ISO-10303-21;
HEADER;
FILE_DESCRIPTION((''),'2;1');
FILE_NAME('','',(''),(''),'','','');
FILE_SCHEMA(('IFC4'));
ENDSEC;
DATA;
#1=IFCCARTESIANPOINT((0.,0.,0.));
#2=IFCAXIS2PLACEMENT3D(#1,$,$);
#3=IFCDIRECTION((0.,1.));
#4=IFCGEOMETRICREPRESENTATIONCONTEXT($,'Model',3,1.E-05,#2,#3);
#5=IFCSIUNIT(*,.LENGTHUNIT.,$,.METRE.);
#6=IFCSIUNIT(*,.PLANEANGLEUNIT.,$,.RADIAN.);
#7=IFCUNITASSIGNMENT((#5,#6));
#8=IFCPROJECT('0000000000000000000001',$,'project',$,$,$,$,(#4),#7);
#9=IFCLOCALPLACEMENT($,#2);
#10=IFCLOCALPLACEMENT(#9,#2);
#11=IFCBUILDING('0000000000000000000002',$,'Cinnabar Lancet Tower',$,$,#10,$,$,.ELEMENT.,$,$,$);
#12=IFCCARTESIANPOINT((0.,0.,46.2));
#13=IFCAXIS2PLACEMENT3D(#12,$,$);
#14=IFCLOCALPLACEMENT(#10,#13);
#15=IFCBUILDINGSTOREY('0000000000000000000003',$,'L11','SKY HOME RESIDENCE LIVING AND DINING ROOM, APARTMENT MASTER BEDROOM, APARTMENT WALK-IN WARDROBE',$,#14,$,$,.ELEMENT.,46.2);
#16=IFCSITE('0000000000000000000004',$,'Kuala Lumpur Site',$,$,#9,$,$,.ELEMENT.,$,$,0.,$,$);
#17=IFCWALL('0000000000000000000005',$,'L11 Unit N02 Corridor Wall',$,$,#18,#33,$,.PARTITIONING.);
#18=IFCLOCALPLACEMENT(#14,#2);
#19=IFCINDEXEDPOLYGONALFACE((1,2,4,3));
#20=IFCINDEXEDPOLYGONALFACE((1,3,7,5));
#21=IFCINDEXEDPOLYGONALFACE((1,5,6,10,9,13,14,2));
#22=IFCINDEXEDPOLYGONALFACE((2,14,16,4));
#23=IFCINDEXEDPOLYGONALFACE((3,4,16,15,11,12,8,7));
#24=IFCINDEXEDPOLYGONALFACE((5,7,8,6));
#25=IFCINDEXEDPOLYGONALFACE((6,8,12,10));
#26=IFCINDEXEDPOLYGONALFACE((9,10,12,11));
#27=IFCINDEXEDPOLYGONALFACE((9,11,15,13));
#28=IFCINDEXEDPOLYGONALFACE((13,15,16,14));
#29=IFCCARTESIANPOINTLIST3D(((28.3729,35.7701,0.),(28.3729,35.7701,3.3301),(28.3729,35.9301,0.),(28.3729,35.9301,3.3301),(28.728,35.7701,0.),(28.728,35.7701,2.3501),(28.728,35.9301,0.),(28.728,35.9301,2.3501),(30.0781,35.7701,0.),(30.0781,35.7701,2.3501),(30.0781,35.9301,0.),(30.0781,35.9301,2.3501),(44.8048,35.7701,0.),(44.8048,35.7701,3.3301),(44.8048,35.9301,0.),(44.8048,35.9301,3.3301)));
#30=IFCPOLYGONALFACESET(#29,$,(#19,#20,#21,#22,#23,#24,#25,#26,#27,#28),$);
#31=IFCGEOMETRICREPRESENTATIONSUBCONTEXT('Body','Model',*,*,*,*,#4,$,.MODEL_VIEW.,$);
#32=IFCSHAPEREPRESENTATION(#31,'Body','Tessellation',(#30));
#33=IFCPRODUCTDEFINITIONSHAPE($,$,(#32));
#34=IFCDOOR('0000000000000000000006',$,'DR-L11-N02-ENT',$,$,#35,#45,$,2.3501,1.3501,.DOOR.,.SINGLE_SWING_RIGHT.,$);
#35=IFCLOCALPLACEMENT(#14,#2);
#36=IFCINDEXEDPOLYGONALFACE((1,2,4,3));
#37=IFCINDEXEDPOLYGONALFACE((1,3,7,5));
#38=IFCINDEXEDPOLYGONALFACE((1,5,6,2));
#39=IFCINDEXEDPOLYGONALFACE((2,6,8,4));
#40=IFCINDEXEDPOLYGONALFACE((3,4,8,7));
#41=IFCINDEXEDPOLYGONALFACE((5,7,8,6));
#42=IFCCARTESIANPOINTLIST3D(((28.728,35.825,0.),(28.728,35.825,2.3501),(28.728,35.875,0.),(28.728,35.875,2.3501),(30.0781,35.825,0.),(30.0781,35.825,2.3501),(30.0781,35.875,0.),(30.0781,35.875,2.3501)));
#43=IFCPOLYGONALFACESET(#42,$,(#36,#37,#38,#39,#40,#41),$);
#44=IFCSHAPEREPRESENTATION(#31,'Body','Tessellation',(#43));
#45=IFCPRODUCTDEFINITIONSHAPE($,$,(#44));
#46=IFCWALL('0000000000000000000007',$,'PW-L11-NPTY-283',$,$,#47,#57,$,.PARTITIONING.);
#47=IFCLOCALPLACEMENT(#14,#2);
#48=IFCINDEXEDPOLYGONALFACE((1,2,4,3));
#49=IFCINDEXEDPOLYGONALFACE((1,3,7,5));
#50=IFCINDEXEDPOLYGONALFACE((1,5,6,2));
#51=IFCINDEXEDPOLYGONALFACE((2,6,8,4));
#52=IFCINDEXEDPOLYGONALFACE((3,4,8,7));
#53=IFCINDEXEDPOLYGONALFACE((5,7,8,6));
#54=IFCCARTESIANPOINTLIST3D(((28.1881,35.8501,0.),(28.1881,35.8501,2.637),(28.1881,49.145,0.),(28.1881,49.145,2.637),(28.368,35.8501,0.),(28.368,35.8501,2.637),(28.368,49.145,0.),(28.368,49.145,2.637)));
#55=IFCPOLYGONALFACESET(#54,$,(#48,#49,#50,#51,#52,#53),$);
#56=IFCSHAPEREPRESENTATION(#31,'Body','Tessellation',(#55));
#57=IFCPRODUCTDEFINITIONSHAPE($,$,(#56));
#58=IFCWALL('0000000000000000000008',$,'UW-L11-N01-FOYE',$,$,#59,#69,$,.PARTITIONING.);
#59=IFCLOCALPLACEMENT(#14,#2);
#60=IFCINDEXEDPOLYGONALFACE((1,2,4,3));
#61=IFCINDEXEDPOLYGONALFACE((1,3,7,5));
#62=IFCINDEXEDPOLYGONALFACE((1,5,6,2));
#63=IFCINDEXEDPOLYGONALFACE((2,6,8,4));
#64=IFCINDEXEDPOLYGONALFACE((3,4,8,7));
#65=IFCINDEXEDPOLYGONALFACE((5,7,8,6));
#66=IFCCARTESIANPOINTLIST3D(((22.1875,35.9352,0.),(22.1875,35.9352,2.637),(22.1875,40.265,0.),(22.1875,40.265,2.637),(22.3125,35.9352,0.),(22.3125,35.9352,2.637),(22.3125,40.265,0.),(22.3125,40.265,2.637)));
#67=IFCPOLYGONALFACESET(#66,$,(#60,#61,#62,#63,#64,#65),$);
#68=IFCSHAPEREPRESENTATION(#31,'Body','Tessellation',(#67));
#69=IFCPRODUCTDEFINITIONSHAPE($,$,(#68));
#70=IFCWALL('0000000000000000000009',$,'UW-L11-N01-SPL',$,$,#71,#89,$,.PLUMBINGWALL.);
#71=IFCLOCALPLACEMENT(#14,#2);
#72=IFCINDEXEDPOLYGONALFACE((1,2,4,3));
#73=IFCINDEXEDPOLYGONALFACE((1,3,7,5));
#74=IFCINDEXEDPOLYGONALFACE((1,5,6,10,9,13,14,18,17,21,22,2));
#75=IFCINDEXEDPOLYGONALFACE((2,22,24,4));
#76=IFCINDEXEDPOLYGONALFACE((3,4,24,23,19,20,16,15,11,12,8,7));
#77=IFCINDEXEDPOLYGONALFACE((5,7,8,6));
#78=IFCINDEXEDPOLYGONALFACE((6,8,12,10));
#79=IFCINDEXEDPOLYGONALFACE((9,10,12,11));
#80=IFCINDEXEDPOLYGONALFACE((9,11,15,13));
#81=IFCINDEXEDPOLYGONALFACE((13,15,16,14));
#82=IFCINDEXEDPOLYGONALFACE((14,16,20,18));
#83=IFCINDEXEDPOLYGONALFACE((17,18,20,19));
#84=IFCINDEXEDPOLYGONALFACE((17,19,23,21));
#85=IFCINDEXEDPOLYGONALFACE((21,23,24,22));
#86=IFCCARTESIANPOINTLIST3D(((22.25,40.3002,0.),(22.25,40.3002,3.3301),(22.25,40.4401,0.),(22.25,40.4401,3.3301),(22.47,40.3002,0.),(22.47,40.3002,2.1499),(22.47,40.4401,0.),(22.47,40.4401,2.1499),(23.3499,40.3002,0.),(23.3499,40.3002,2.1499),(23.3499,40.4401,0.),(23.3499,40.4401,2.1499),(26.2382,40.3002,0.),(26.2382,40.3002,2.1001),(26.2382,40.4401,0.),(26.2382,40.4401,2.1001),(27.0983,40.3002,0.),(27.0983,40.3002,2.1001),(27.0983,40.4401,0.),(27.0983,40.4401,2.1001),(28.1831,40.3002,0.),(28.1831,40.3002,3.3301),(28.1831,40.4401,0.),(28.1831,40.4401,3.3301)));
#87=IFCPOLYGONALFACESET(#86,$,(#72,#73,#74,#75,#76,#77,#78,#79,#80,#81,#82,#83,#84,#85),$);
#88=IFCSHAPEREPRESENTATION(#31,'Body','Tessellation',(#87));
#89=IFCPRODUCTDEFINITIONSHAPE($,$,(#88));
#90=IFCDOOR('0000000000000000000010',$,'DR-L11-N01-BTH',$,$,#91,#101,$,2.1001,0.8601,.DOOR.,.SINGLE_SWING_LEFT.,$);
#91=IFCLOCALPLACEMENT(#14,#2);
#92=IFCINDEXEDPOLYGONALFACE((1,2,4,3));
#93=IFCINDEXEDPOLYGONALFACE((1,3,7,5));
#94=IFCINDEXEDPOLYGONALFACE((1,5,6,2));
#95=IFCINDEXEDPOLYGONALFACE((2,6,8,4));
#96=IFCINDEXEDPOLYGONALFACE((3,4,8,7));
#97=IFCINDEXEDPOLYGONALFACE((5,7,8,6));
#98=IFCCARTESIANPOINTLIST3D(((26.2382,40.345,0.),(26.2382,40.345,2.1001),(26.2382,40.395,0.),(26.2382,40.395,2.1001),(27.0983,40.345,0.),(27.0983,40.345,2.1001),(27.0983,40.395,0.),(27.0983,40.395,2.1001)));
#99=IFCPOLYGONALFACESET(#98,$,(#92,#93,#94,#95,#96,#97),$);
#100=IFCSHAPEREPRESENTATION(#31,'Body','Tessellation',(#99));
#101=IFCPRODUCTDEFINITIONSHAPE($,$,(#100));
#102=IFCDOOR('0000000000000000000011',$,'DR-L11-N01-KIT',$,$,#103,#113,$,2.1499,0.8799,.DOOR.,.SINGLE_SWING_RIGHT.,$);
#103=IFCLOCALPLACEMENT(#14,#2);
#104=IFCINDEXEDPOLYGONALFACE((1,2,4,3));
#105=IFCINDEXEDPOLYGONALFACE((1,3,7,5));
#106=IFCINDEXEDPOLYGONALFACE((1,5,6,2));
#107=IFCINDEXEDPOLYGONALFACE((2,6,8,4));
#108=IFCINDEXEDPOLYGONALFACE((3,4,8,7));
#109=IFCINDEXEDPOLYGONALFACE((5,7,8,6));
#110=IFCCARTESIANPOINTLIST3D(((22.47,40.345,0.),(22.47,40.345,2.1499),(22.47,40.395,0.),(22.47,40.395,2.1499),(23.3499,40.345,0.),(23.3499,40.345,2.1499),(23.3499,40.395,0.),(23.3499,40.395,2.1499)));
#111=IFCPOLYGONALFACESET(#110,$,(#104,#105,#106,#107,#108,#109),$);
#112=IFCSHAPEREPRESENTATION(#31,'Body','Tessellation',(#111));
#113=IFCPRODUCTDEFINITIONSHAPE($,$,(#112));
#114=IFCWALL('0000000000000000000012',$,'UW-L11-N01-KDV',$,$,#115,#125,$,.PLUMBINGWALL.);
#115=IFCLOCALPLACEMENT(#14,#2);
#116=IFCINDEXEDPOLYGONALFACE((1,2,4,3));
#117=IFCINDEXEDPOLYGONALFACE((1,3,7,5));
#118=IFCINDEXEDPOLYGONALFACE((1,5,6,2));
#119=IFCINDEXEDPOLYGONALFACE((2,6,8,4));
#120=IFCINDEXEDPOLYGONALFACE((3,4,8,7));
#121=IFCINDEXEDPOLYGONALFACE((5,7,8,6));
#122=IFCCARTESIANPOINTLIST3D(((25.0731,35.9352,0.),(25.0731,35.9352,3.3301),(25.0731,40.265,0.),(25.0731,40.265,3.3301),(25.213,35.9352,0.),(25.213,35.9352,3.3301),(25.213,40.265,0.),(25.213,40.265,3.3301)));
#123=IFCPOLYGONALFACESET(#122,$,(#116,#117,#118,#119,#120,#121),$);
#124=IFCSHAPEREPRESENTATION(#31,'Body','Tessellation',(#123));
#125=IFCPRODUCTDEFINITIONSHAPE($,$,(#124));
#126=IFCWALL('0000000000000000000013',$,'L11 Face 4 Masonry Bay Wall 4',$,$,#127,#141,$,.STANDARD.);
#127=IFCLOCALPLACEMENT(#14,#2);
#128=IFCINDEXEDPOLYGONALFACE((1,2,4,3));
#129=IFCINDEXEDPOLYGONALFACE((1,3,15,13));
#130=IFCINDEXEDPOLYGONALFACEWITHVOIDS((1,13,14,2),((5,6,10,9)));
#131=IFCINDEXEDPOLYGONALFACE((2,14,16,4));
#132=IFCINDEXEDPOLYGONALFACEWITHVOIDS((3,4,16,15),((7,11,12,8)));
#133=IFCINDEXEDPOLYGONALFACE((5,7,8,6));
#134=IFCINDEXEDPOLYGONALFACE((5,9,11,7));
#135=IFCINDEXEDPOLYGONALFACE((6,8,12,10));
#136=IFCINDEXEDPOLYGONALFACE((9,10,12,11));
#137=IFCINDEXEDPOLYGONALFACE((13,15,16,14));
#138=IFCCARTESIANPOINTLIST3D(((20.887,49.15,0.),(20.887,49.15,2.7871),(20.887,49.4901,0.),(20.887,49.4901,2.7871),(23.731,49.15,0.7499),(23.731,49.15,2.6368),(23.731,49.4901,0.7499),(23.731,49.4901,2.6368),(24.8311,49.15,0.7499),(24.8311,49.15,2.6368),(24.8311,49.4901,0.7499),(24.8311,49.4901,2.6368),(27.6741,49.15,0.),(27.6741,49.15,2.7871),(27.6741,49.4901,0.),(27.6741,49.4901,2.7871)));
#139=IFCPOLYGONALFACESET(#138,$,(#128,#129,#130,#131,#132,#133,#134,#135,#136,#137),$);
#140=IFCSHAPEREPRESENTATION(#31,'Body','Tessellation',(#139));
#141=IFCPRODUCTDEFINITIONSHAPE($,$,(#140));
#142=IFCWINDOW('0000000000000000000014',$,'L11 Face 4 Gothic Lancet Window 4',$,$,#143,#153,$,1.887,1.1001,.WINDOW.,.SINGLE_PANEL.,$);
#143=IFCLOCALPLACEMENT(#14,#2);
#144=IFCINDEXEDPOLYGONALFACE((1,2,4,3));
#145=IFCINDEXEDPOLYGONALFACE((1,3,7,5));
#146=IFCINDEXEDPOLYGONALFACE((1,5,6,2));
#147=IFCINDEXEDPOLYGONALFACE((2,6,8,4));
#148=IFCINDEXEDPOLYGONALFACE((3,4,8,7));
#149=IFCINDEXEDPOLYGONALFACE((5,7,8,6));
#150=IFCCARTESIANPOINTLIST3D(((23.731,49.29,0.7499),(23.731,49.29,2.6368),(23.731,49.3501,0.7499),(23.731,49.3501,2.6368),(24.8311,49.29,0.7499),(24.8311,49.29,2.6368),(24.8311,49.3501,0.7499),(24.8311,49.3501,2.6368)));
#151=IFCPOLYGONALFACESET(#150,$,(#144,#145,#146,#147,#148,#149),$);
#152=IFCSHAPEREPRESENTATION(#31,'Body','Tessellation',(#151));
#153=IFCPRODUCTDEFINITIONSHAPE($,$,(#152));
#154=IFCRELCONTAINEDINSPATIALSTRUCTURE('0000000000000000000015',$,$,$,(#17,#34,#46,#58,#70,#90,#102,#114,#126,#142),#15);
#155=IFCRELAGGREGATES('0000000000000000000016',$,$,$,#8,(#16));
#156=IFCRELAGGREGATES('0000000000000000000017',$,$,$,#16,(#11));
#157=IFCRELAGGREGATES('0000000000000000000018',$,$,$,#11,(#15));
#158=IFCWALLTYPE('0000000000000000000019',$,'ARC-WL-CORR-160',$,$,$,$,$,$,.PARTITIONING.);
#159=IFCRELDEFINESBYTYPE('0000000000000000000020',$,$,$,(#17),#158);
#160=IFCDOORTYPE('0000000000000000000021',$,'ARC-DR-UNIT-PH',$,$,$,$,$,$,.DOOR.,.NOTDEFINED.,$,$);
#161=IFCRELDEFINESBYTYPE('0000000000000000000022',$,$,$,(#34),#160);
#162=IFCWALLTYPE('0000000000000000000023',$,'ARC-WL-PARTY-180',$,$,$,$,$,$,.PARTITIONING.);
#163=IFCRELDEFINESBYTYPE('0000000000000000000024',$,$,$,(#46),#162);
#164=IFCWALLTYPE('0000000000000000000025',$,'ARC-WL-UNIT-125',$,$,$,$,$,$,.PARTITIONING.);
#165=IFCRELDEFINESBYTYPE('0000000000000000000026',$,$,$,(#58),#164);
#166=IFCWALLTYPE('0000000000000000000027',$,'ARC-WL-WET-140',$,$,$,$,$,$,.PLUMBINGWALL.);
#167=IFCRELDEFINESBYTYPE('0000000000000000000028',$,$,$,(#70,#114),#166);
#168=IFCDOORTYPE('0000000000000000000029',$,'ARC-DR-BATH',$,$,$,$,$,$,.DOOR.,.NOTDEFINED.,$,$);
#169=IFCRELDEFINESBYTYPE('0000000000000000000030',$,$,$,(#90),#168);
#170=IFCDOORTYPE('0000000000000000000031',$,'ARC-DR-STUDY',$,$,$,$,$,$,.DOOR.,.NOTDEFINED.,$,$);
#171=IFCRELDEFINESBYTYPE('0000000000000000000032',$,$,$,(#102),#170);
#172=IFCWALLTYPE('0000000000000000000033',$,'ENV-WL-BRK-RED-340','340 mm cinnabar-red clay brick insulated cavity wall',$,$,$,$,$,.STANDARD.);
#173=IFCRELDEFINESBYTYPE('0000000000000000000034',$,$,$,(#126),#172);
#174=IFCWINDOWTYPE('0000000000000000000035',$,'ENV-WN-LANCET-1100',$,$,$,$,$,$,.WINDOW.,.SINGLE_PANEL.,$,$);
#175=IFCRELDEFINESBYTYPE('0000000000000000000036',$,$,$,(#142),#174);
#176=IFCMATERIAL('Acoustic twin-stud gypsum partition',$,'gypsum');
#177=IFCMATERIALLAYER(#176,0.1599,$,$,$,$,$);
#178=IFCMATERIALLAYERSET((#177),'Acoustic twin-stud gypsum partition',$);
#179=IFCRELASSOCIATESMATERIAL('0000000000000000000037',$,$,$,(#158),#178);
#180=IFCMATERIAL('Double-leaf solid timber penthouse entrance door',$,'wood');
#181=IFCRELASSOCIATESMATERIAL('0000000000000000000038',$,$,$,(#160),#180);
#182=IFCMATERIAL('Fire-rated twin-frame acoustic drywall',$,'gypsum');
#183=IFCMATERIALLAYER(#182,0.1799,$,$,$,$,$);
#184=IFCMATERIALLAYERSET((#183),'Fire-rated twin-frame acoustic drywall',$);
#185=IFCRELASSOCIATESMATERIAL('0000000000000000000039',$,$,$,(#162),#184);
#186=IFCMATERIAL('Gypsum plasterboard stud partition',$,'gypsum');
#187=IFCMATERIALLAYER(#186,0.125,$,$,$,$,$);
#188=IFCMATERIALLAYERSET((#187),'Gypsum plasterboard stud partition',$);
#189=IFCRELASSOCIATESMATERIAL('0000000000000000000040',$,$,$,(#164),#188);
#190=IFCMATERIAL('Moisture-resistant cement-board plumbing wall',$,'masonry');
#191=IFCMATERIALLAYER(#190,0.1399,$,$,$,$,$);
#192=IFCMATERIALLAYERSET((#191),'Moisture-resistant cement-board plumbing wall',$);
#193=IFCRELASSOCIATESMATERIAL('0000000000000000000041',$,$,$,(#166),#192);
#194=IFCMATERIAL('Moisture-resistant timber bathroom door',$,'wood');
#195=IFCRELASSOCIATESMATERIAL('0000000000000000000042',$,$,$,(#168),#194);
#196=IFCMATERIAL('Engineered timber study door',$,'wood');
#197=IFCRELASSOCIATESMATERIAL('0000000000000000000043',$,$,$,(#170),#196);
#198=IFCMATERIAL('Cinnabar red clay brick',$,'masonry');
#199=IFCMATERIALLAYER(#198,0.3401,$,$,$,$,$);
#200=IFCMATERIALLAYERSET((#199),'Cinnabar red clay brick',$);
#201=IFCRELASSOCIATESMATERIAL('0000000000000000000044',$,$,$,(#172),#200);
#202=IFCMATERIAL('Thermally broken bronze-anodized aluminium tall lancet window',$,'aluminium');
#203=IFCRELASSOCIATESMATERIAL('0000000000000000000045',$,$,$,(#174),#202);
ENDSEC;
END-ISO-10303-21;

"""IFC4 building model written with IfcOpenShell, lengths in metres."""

from ifc_helpers import new_model, si_unit, direction, frame, frame_2d, origin, place, context, subcontext, project, spatial, rectangle, extrude, material, layer, layer_set, type_object, element, fill, save


model = new_model("IFC4")

# Units and contexts
model_context = context("Model", 3, precision=1e-05, world=origin(), true_north=direction((0.0, 1.0)))
body_context = subcontext(model_context, "Body", "Model", "MODEL_VIEW")
ifc_project = project(units=[si_unit("LENGTHUNIT", "METRE"), si_unit("PLANEANGLEUNIT", "RADIAN")], contexts=[model_context])

# Site, building, storey
site_placement = place(None, origin())
site = spatial("IfcSite", under=ifc_project, at=site_placement, Name="Kuala Lumpur Site", CompositionType="ELEMENT", RefElevation=0.0)
building_placement = place(site_placement, origin())
building = spatial("IfcBuilding", under=site, at=building_placement, Name="Cinnabar Lancet Tower", CompositionType="ELEMENT")
storey_placement = place(building_placement, frame((0.0, 0.0, 46.2)))
storey = spatial("IfcBuildingStorey", under=building, at=storey_placement, Name="L11", Description="SKY HOME RESIDENCE LIVING AND DINING ROOM, APARTMENT MASTER BEDROOM, APARTMENT WALK-IN WARDROBE", CompositionType="ELEMENT", Elevation=46.2)

# Wall, opening, door
ifc_material_1 = material(Name="Acoustic twin-stud gypsum partition", Category="gypsum")
ifc_layer_1 = layer(ifc_material_1, 0.1599)
ifc_layer_set_1 = layer_set([ifc_layer_1], Name="Acoustic twin-stud gypsum partition")
wall_type_1 = type_object("IfcWallType", Name="ARC-WL-CORR-160", PredefinedType="PARTITIONING", material=ifc_layer_set_1)
wall_1_placement = place(storey_placement, frame((28.373, 35.8501, 0.0), z_axis=(0.0, 0.0, 1.0), x_axis=(1.0, 0.0, 0.0)))
wall_1 = element("IfcWall", 1, at=wall_1_placement, inside=storey, type_object=wall_type_1, Name="L11 Unit N02 Corridor Wall", PredefinedType="PARTITIONING", context=body_context, shape_type="SweptSolid", body=[
    extrude(rectangle(XDim=16.4319, YDim=0.1599, at=frame_2d((8.2158, 0.0))), origin(), (0.0, 0.0, 1.0), 3.3301),
])
opening_1_placement = place(wall_1_placement, frame((0.355, 0.0, 0.0)))
opening_1 = element("IfcOpeningElement", 2, at=opening_1_placement, cuts=wall_1, PredefinedType="OPENING", context=body_context, shape_type="SweptSolid", body=[
    extrude(rectangle(XDim=1.3501, YDim=2.3501, at=frame_2d((0.675, 1.175))), frame((0.0, 0.0898, 0.0), z_axis=(0.0, -1.0, 0.0), x_axis=(1.0, 0.0, 0.0)), (0.0, 0.0, 1.0), 0.1799),
])
ifc_material_2 = material(Name="Double-leaf solid timber penthouse entrance door", Category="wood")
door_type_1 = type_object("IfcDoorType", Name="ARC-DR-UNIT-PH", OperationType="NOTDEFINED", PredefinedType="DOOR", material=ifc_material_2)
door_1_placement = place(opening_1_placement, origin())
door_1 = element("IfcDoor", 3, at=door_1_placement, inside=storey, type_object=door_type_1, Name="DR-L11-N02-ENT", OperationType="SINGLE_SWING_RIGHT", OverallHeight=2.3501, OverallWidth=1.3501, PredefinedType="DOOR", context=body_context, shape_type="SweptSolid", body=[
    extrude(rectangle(XDim=1.3501, YDim=2.3501, at=frame_2d((0.675, 1.175))), frame((0.0, 0.0249, 0.0), z_axis=(0.0, -1.0, 0.0), x_axis=(1.0, 0.0, 0.0)), (0.0, 0.0, 1.0), 0.05),
])
fill(opening_1, door_1)

# Walls
ifc_material_3 = material(Name="Fire-rated twin-frame acoustic drywall", Category="gypsum")
ifc_layer_2 = layer(ifc_material_3, 0.1799)
ifc_layer_set_2 = layer_set([ifc_layer_2], Name="Fire-rated twin-frame acoustic drywall")
wall_type_2 = type_object("IfcWallType", Name="ARC-WL-PARTY-180", PredefinedType="PARTITIONING", material=ifc_layer_set_2)
wall_2_placement = place(storey_placement, frame((28.2781, 35.8501, 0.0), z_axis=(0.0, 0.0, 1.0), x_axis=(0.0, 1.0, 0.0)))
element("IfcWall", 4, at=wall_2_placement, inside=storey, type_object=wall_type_2, Name="PW-L11-NPTY-283", PredefinedType="PARTITIONING", context=body_context, shape_type="SweptSolid", body=[
    extrude(rectangle(XDim=13.2949, YDim=0.1799, at=frame_2d((6.6475, 0.0))), origin(), (0.0, 0.0, 1.0), 2.637),
])
ifc_material_4 = material(Name="Gypsum plasterboard stud partition", Category="gypsum")
ifc_layer_3 = layer(ifc_material_4, 0.125)
ifc_layer_set_3 = layer_set([ifc_layer_3], Name="Gypsum plasterboard stud partition")
wall_type_3 = type_object("IfcWallType", Name="ARC-WL-UNIT-125", PredefinedType="PARTITIONING", material=ifc_layer_set_3)
wall_3_placement = place(storey_placement, frame((22.25, 35.9351, 0.0), z_axis=(0.0, 0.0, 1.0), x_axis=(0.0, 1.0, 0.0)))
element("IfcWall", 5, at=wall_3_placement, inside=storey, type_object=wall_type_3, Name="UW-L11-N01-FOYE", PredefinedType="PARTITIONING", context=body_context, shape_type="SweptSolid", body=[
    extrude(rectangle(XDim=4.3298, YDim=0.125, at=frame_2d((2.165, 0.0))), origin(), (0.0, 0.0, 1.0), 2.637),
])

# Wall, openings, doors
ifc_material_5 = material(Name="Moisture-resistant cement-board plumbing wall", Category="masonry")
ifc_layer_4 = layer(ifc_material_5, 0.1399)
ifc_layer_set_4 = layer_set([ifc_layer_4], Name="Moisture-resistant cement-board plumbing wall")
wall_type_4 = type_object("IfcWallType", Name="ARC-WL-WET-140", PredefinedType="PLUMBINGWALL", material=ifc_layer_set_4)
wall_4_placement = place(storey_placement, frame((22.25, 40.3701, 0.0), z_axis=(0.0, 0.0, 1.0), x_axis=(1.0, 0.0, 0.0)))
wall_4 = element("IfcWall", 6, at=wall_4_placement, inside=storey, type_object=wall_type_4, Name="UW-L11-N01-SPL", PredefinedType="PLUMBINGWALL", context=body_context, shape_type="SweptSolid", body=[
    extrude(rectangle(XDim=5.9331, YDim=0.1399, at=frame_2d((2.9666, 0.0))), origin(), (0.0, 0.0, 1.0), 3.3301),
])
opening_2_placement = place(wall_4_placement, frame((3.988, 0.0, 0.0)))
opening_2 = element("IfcOpeningElement", 7, at=opening_2_placement, cuts=wall_4, PredefinedType="OPENING", context=body_context, shape_type="SweptSolid", body=[
    extrude(rectangle(XDim=0.8601, YDim=2.1001, at=frame_2d((0.4302, 1.05))), frame((0.0, 0.0798, 0.0), z_axis=(0.0, -1.0, 0.0), x_axis=(1.0, 0.0, 0.0)), (0.0, 0.0, 1.0), 0.1599),
])
opening_3_placement = place(wall_4_placement, frame((0.22, 0.0, 0.0)))
opening_3 = element("IfcOpeningElement", 8, at=opening_3_placement, cuts=wall_4, PredefinedType="OPENING", context=body_context, shape_type="SweptSolid", body=[
    extrude(rectangle(XDim=0.8799, YDim=2.1499, at=frame_2d((0.4399, 1.075))), frame((0.0, 0.0798, 0.0), z_axis=(0.0, -1.0, 0.0), x_axis=(1.0, 0.0, 0.0)), (0.0, 0.0, 1.0), 0.1599),
])
ifc_material_6 = material(Name="Moisture-resistant timber bathroom door", Category="wood")
door_type_2 = type_object("IfcDoorType", Name="ARC-DR-BATH", OperationType="NOTDEFINED", PredefinedType="DOOR", material=ifc_material_6)
door_2_placement = place(opening_2_placement, origin())
door_2 = element("IfcDoor", 9, at=door_2_placement, inside=storey, type_object=door_type_2, Name="DR-L11-N01-BTH", OperationType="SINGLE_SWING_LEFT", OverallHeight=2.1001, OverallWidth=0.8601, PredefinedType="DOOR", context=body_context, shape_type="SweptSolid", body=[
    extrude(rectangle(XDim=0.8601, YDim=2.1001, at=frame_2d((0.4302, 1.05))), frame((0.0, 0.0249, 0.0), z_axis=(0.0, -1.0, 0.0), x_axis=(1.0, 0.0, 0.0)), (0.0, 0.0, 1.0), 0.05),
])
fill(opening_2, door_2)
ifc_material_7 = material(Name="Engineered timber study door", Category="wood")
door_type_3 = type_object("IfcDoorType", Name="ARC-DR-STUDY", OperationType="NOTDEFINED", PredefinedType="DOOR", material=ifc_material_7)
door_3_placement = place(opening_3_placement, origin())
door_3 = element("IfcDoor", 10, at=door_3_placement, inside=storey, type_object=door_type_3, Name="DR-L11-N01-KIT", OperationType="SINGLE_SWING_RIGHT", OverallHeight=2.1499, OverallWidth=0.8799, PredefinedType="DOOR", context=body_context, shape_type="SweptSolid", body=[
    extrude(rectangle(XDim=0.8799, YDim=2.1499, at=frame_2d((0.4399, 1.075))), frame((0.0, 0.0249, 0.0), z_axis=(0.0, -1.0, 0.0), x_axis=(1.0, 0.0, 0.0)), (0.0, 0.0, 1.0), 0.05),
])
fill(opening_3, door_3)

# Wall
wall_5_placement = place(storey_placement, frame((25.1431, 35.9351, 0.0), z_axis=(0.0, 0.0, 1.0), x_axis=(0.0, 1.0, 0.0)))
element("IfcWall", 11, at=wall_5_placement, inside=storey, type_object=wall_type_4, Name="UW-L11-N01-KDV", PredefinedType="PLUMBINGWALL", context=body_context, shape_type="SweptSolid", body=[
    extrude(rectangle(XDim=4.3298, YDim=0.1399, at=frame_2d((2.165, 0.0))), origin(), (0.0, 0.0, 1.0), 3.3301),
])

# Wall, opening, window
ifc_material_8 = material(Name="Cinnabar red clay brick", Category="masonry")
ifc_layer_5 = layer(ifc_material_8, 0.3401)
ifc_layer_set_5 = layer_set([ifc_layer_5], Name="Cinnabar red clay brick")
wall_type_5 = type_object("IfcWallType", Name="ENV-WL-BRK-RED-340", Description="340 mm cinnabar-red clay brick insulated cavity wall", PredefinedType="STANDARD", material=ifc_layer_set_5)
wall_6_placement = place(storey_placement, frame((27.6741, 49.3201, 0.0), z_axis=(0.0, 0.0, 1.0), x_axis=(-1.0, 0.0, 0.0)))
wall_6 = element("IfcWall", 12, at=wall_6_placement, inside=storey, type_object=wall_type_5, Name="L11 Face 4 Masonry Bay Wall 4", PredefinedType="STANDARD", context=body_context, shape_type="SweptSolid", body=[
    extrude(rectangle(XDim=6.7871, YDim=0.3401, at=frame_2d((3.3936, 0.0))), origin(), (0.0, 0.0, 1.0), 2.7871),
])
opening_4_placement = place(wall_6_placement, frame((2.843, 0.0, 0.75)))
opening_4 = element("IfcOpeningElement", 13, at=opening_4_placement, cuts=wall_6, PredefinedType="OPENING", context=body_context, shape_type="SweptSolid", body=[
    extrude(rectangle(XDim=1.1001, YDim=1.887, at=frame_2d((0.55, 0.9434))), frame((0.0, 0.1799, 0.0), z_axis=(0.0, -1.0, 0.0), x_axis=(1.0, 0.0, 0.0)), (0.0, 0.0, 1.0), 0.3601),
])
ifc_material_9 = material(Name="Thermally broken bronze-anodized aluminium tall lancet window", Category="aluminium")
window_type = type_object("IfcWindowType", Name="ENV-WN-LANCET-1100", PartitioningType="SINGLE_PANEL", PredefinedType="WINDOW", material=ifc_material_9)
window_placement = place(opening_4_placement, origin())
window = element("IfcWindow", 14, at=window_placement, inside=storey, type_object=window_type, Name="L11 Face 4 Gothic Lancet Window 4", OverallHeight=1.887, OverallWidth=1.1001, PartitioningType="SINGLE_PANEL", PredefinedType="WINDOW", context=body_context, shape_type="SweptSolid", body=[
    extrude(rectangle(XDim=1.1001, YDim=1.887, at=frame_2d((0.55, 0.9434))), frame((0.0, 0.03, 0.0), z_axis=(0.0, -1.0, 0.0), x_axis=(1.0, 0.0, 0.0)), (0.0, 0.0, 1.0), 0.0601),
])
fill(opening_4, window)

save(model, "model.ifc")
